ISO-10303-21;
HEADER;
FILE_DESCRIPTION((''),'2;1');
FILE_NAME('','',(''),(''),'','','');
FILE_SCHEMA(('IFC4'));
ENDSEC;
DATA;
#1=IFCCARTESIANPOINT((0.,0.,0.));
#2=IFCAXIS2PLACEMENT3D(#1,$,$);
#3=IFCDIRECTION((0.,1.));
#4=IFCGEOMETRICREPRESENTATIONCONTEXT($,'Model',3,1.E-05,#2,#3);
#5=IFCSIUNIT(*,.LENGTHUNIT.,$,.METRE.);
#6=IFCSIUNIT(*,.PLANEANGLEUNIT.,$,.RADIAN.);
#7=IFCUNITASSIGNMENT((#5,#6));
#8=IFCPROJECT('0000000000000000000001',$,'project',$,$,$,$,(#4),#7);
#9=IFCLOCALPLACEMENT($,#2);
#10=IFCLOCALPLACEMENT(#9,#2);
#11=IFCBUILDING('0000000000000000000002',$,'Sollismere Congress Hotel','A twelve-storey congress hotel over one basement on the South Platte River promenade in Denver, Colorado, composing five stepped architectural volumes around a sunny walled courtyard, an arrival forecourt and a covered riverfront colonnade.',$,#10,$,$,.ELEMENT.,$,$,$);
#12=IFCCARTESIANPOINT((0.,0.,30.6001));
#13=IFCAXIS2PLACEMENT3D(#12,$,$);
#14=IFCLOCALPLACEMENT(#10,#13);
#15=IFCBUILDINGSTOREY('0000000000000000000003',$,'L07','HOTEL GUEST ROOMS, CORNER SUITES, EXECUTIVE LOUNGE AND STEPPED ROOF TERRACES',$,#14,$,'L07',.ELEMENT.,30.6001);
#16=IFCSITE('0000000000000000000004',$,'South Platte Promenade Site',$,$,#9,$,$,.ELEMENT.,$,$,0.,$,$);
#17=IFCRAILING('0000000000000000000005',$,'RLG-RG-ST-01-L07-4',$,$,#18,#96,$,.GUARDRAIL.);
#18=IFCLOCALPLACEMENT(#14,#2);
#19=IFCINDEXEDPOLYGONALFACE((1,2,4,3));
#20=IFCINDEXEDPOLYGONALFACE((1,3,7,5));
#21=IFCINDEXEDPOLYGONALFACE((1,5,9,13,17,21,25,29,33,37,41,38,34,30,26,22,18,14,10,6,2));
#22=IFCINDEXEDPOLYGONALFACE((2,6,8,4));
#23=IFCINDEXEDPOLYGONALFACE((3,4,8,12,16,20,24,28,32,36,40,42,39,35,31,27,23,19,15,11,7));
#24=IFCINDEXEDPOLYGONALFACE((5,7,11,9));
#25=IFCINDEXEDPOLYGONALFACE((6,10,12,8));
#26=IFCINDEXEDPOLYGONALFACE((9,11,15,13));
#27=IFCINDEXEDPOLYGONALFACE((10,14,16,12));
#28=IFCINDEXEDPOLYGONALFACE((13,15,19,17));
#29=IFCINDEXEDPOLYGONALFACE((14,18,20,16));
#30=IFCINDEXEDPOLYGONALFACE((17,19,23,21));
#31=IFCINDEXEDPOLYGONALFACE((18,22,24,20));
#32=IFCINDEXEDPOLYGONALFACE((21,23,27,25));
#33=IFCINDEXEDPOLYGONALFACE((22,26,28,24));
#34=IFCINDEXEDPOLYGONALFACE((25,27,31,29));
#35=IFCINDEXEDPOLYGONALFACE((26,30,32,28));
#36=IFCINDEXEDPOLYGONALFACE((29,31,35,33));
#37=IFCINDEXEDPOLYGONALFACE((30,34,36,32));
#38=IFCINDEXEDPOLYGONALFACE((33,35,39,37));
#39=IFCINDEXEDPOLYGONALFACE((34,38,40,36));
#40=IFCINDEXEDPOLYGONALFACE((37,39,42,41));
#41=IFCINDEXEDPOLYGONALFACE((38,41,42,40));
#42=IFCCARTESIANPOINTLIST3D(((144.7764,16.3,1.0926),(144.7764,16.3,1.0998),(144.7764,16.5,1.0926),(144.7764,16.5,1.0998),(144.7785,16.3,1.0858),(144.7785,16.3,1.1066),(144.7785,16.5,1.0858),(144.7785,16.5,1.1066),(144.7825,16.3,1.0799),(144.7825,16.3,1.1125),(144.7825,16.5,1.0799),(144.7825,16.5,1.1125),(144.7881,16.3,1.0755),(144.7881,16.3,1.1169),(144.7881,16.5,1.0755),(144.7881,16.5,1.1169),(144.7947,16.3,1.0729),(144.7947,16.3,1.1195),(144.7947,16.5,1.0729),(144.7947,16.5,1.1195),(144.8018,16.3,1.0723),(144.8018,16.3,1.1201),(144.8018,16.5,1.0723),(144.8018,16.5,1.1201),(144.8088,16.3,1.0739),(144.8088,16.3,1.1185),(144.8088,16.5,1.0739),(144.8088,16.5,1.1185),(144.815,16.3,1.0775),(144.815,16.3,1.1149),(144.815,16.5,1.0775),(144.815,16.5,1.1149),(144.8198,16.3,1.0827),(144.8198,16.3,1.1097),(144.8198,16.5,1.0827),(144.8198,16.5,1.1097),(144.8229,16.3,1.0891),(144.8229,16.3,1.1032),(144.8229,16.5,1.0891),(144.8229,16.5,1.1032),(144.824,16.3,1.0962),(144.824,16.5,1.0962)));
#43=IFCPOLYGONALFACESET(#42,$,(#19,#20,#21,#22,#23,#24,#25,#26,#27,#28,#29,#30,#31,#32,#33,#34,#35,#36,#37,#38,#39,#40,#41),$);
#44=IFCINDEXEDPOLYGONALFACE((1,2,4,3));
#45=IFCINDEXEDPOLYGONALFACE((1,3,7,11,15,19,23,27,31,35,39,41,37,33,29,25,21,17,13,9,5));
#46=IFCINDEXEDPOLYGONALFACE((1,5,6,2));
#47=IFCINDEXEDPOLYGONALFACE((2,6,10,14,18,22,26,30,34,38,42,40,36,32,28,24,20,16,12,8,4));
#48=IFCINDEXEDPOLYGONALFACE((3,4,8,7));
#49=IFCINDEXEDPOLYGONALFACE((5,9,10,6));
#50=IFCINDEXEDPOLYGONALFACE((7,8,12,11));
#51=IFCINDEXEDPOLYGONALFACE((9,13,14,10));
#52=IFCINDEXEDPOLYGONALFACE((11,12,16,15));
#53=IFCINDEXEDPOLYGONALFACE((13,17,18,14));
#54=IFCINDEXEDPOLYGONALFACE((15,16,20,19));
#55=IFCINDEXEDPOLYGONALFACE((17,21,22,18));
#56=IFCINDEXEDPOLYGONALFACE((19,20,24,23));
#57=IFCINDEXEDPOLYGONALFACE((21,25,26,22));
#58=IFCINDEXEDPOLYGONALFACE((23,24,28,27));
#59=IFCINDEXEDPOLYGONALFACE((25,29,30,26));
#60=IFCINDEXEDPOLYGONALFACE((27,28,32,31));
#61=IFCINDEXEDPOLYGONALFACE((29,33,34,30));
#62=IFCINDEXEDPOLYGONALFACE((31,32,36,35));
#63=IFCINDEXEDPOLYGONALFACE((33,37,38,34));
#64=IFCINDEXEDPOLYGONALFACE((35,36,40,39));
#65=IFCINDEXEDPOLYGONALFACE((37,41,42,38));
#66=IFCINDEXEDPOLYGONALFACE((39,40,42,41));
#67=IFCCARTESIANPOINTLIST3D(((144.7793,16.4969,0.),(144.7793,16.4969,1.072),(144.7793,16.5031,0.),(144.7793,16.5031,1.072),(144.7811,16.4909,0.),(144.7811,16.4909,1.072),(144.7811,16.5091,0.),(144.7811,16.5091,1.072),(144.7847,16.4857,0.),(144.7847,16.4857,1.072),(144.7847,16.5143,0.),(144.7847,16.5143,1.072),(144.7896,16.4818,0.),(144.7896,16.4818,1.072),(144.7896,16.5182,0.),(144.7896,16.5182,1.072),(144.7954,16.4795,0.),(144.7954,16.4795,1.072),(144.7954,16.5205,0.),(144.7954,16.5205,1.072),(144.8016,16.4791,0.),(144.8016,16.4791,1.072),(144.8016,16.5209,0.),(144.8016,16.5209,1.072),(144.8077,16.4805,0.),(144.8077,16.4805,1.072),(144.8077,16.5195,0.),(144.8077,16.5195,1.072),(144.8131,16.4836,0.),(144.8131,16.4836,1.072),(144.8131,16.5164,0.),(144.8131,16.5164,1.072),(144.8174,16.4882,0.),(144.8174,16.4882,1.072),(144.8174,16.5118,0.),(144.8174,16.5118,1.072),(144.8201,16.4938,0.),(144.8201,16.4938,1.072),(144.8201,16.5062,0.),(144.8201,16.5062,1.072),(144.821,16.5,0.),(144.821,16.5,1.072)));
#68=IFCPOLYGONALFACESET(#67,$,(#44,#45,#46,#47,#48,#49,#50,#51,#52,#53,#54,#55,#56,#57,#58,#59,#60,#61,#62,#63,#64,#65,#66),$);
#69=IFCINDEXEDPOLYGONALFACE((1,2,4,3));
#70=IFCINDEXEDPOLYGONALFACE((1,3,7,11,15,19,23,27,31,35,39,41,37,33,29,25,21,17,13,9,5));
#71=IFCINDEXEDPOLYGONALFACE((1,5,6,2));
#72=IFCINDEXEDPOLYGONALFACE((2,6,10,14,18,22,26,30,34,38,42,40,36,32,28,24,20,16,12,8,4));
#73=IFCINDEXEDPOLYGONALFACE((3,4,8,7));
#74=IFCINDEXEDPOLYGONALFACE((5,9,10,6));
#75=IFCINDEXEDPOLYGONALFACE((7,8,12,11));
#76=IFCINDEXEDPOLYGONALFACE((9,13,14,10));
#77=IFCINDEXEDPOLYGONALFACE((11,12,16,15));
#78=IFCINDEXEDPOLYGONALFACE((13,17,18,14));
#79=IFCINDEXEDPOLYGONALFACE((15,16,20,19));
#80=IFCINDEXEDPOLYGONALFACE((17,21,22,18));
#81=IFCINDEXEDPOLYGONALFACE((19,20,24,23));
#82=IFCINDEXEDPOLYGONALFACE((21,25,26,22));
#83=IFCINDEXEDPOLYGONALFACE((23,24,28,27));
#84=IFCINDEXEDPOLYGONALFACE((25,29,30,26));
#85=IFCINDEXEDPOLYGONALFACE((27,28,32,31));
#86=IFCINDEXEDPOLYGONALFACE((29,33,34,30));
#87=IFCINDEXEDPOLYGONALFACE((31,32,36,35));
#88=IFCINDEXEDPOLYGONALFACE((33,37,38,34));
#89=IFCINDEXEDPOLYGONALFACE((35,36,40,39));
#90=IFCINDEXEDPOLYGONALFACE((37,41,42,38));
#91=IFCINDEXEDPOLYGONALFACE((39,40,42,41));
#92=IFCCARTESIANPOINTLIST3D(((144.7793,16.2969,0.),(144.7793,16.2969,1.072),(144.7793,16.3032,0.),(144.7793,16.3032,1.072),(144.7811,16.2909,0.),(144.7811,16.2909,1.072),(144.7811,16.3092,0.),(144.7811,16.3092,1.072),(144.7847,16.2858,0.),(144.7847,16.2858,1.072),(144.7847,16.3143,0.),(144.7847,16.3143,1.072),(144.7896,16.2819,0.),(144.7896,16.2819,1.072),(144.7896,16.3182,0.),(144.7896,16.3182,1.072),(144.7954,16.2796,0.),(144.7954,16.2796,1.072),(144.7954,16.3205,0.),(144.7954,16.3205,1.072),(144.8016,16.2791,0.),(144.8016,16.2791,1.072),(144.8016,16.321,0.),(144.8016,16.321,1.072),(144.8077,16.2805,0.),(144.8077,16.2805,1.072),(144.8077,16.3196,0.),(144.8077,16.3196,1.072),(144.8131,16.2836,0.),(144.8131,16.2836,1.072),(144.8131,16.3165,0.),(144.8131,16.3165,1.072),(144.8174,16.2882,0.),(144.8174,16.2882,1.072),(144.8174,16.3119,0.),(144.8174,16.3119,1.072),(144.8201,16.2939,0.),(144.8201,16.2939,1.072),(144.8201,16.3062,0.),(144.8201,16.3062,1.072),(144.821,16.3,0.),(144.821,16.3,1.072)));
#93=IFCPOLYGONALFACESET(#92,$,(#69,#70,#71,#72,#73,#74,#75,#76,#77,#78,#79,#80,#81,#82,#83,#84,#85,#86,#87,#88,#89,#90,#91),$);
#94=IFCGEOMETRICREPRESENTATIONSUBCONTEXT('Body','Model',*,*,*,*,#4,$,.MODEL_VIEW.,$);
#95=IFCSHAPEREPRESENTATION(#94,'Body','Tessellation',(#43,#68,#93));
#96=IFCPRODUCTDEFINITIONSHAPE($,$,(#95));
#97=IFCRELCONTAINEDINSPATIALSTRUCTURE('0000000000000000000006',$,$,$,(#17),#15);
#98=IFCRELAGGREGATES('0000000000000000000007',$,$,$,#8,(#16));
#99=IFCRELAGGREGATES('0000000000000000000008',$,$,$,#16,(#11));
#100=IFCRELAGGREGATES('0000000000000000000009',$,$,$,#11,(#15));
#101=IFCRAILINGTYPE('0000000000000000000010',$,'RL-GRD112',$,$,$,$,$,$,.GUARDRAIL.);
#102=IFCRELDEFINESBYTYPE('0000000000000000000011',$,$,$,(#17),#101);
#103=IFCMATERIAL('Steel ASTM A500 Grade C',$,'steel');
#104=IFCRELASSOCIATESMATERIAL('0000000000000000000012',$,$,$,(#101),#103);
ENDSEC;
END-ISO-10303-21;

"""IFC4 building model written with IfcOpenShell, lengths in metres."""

from ifc_helpers import new_model, si_unit, direction, frame, origin, origin_2d, place, context, subcontext, project, spatial, circle, extrude, material, type_object, element, save


model = new_model("IFC4")

# Units and contexts
model_context = context("Model", 3, precision=1e-05, world=origin(), true_north=direction((0.0, 1.0)))
body_context = subcontext(model_context, "Body", "Model", "MODEL_VIEW")
ifc_project = project(units=[si_unit("LENGTHUNIT", "METRE"), si_unit("PLANEANGLEUNIT", "RADIAN")], contexts=[model_context])

# Site, building, storey
site_placement = place(None, origin())
site = spatial("IfcSite", under=ifc_project, at=site_placement, Name="South Platte Promenade Site", CompositionType="ELEMENT", RefElevation=0.0)
building_placement = place(site_placement, origin())
building = spatial("IfcBuilding", under=site, at=building_placement, Name="Sollismere Congress Hotel", Description="A twelve-storey congress hotel over one basement on the South Platte River promenade in Denver, Colorado, composing five stepped architectural volumes around a sunny walled courtyard, an arrival forecourt and a covered riverfront colonnade.", CompositionType="ELEMENT")
storey_placement = place(building_placement, frame((0.0, 0.0, 30.6001)))
storey = spatial("IfcBuildingStorey", under=building, at=storey_placement, Name="L07", Description="HOTEL GUEST ROOMS, CORNER SUITES, EXECUTIVE LOUNGE AND STEPPED ROOF TERRACES", LongName="L07", CompositionType="ELEMENT", Elevation=30.6001)

# Railing
ifc_material_1 = material(Name="Steel ASTM A500 Grade C", Category="steel")
railing_type_1 = type_object("IfcRailingType", Name="RL-GRD112", PredefinedType="GUARDRAIL", material=ifc_material_1)
railing_1_placement = place(storey_placement, frame((144.8, 16.5, 0.0)))
element("IfcRailing", 1, at=railing_1_placement, inside=storey, type_object=railing_type_1, Name="RLG-RG-ST-01-L07-4", PredefinedType="GUARDRAIL", context=body_context, shape_type="SweptSolid", body=[
    extrude(circle(Radius=0.0239, at=origin_2d()), frame((0.0, 0.0, 1.0962), z_axis=(0.0, -1.0, 0.0), x_axis=(1.0, 0.0, 0.0)), (0.0, 0.0, 1.0), 0.2),
    extrude(circle(Radius=0.021, at=origin_2d()), origin(), (0.0, 0.0, 1.0), 1.072),
    extrude(circle(Radius=0.021, at=origin_2d()), frame((0.0, -0.2, 0.0)), (0.0, 0.0, 1.0), 1.072),
])

save(model, "model.ifc")
